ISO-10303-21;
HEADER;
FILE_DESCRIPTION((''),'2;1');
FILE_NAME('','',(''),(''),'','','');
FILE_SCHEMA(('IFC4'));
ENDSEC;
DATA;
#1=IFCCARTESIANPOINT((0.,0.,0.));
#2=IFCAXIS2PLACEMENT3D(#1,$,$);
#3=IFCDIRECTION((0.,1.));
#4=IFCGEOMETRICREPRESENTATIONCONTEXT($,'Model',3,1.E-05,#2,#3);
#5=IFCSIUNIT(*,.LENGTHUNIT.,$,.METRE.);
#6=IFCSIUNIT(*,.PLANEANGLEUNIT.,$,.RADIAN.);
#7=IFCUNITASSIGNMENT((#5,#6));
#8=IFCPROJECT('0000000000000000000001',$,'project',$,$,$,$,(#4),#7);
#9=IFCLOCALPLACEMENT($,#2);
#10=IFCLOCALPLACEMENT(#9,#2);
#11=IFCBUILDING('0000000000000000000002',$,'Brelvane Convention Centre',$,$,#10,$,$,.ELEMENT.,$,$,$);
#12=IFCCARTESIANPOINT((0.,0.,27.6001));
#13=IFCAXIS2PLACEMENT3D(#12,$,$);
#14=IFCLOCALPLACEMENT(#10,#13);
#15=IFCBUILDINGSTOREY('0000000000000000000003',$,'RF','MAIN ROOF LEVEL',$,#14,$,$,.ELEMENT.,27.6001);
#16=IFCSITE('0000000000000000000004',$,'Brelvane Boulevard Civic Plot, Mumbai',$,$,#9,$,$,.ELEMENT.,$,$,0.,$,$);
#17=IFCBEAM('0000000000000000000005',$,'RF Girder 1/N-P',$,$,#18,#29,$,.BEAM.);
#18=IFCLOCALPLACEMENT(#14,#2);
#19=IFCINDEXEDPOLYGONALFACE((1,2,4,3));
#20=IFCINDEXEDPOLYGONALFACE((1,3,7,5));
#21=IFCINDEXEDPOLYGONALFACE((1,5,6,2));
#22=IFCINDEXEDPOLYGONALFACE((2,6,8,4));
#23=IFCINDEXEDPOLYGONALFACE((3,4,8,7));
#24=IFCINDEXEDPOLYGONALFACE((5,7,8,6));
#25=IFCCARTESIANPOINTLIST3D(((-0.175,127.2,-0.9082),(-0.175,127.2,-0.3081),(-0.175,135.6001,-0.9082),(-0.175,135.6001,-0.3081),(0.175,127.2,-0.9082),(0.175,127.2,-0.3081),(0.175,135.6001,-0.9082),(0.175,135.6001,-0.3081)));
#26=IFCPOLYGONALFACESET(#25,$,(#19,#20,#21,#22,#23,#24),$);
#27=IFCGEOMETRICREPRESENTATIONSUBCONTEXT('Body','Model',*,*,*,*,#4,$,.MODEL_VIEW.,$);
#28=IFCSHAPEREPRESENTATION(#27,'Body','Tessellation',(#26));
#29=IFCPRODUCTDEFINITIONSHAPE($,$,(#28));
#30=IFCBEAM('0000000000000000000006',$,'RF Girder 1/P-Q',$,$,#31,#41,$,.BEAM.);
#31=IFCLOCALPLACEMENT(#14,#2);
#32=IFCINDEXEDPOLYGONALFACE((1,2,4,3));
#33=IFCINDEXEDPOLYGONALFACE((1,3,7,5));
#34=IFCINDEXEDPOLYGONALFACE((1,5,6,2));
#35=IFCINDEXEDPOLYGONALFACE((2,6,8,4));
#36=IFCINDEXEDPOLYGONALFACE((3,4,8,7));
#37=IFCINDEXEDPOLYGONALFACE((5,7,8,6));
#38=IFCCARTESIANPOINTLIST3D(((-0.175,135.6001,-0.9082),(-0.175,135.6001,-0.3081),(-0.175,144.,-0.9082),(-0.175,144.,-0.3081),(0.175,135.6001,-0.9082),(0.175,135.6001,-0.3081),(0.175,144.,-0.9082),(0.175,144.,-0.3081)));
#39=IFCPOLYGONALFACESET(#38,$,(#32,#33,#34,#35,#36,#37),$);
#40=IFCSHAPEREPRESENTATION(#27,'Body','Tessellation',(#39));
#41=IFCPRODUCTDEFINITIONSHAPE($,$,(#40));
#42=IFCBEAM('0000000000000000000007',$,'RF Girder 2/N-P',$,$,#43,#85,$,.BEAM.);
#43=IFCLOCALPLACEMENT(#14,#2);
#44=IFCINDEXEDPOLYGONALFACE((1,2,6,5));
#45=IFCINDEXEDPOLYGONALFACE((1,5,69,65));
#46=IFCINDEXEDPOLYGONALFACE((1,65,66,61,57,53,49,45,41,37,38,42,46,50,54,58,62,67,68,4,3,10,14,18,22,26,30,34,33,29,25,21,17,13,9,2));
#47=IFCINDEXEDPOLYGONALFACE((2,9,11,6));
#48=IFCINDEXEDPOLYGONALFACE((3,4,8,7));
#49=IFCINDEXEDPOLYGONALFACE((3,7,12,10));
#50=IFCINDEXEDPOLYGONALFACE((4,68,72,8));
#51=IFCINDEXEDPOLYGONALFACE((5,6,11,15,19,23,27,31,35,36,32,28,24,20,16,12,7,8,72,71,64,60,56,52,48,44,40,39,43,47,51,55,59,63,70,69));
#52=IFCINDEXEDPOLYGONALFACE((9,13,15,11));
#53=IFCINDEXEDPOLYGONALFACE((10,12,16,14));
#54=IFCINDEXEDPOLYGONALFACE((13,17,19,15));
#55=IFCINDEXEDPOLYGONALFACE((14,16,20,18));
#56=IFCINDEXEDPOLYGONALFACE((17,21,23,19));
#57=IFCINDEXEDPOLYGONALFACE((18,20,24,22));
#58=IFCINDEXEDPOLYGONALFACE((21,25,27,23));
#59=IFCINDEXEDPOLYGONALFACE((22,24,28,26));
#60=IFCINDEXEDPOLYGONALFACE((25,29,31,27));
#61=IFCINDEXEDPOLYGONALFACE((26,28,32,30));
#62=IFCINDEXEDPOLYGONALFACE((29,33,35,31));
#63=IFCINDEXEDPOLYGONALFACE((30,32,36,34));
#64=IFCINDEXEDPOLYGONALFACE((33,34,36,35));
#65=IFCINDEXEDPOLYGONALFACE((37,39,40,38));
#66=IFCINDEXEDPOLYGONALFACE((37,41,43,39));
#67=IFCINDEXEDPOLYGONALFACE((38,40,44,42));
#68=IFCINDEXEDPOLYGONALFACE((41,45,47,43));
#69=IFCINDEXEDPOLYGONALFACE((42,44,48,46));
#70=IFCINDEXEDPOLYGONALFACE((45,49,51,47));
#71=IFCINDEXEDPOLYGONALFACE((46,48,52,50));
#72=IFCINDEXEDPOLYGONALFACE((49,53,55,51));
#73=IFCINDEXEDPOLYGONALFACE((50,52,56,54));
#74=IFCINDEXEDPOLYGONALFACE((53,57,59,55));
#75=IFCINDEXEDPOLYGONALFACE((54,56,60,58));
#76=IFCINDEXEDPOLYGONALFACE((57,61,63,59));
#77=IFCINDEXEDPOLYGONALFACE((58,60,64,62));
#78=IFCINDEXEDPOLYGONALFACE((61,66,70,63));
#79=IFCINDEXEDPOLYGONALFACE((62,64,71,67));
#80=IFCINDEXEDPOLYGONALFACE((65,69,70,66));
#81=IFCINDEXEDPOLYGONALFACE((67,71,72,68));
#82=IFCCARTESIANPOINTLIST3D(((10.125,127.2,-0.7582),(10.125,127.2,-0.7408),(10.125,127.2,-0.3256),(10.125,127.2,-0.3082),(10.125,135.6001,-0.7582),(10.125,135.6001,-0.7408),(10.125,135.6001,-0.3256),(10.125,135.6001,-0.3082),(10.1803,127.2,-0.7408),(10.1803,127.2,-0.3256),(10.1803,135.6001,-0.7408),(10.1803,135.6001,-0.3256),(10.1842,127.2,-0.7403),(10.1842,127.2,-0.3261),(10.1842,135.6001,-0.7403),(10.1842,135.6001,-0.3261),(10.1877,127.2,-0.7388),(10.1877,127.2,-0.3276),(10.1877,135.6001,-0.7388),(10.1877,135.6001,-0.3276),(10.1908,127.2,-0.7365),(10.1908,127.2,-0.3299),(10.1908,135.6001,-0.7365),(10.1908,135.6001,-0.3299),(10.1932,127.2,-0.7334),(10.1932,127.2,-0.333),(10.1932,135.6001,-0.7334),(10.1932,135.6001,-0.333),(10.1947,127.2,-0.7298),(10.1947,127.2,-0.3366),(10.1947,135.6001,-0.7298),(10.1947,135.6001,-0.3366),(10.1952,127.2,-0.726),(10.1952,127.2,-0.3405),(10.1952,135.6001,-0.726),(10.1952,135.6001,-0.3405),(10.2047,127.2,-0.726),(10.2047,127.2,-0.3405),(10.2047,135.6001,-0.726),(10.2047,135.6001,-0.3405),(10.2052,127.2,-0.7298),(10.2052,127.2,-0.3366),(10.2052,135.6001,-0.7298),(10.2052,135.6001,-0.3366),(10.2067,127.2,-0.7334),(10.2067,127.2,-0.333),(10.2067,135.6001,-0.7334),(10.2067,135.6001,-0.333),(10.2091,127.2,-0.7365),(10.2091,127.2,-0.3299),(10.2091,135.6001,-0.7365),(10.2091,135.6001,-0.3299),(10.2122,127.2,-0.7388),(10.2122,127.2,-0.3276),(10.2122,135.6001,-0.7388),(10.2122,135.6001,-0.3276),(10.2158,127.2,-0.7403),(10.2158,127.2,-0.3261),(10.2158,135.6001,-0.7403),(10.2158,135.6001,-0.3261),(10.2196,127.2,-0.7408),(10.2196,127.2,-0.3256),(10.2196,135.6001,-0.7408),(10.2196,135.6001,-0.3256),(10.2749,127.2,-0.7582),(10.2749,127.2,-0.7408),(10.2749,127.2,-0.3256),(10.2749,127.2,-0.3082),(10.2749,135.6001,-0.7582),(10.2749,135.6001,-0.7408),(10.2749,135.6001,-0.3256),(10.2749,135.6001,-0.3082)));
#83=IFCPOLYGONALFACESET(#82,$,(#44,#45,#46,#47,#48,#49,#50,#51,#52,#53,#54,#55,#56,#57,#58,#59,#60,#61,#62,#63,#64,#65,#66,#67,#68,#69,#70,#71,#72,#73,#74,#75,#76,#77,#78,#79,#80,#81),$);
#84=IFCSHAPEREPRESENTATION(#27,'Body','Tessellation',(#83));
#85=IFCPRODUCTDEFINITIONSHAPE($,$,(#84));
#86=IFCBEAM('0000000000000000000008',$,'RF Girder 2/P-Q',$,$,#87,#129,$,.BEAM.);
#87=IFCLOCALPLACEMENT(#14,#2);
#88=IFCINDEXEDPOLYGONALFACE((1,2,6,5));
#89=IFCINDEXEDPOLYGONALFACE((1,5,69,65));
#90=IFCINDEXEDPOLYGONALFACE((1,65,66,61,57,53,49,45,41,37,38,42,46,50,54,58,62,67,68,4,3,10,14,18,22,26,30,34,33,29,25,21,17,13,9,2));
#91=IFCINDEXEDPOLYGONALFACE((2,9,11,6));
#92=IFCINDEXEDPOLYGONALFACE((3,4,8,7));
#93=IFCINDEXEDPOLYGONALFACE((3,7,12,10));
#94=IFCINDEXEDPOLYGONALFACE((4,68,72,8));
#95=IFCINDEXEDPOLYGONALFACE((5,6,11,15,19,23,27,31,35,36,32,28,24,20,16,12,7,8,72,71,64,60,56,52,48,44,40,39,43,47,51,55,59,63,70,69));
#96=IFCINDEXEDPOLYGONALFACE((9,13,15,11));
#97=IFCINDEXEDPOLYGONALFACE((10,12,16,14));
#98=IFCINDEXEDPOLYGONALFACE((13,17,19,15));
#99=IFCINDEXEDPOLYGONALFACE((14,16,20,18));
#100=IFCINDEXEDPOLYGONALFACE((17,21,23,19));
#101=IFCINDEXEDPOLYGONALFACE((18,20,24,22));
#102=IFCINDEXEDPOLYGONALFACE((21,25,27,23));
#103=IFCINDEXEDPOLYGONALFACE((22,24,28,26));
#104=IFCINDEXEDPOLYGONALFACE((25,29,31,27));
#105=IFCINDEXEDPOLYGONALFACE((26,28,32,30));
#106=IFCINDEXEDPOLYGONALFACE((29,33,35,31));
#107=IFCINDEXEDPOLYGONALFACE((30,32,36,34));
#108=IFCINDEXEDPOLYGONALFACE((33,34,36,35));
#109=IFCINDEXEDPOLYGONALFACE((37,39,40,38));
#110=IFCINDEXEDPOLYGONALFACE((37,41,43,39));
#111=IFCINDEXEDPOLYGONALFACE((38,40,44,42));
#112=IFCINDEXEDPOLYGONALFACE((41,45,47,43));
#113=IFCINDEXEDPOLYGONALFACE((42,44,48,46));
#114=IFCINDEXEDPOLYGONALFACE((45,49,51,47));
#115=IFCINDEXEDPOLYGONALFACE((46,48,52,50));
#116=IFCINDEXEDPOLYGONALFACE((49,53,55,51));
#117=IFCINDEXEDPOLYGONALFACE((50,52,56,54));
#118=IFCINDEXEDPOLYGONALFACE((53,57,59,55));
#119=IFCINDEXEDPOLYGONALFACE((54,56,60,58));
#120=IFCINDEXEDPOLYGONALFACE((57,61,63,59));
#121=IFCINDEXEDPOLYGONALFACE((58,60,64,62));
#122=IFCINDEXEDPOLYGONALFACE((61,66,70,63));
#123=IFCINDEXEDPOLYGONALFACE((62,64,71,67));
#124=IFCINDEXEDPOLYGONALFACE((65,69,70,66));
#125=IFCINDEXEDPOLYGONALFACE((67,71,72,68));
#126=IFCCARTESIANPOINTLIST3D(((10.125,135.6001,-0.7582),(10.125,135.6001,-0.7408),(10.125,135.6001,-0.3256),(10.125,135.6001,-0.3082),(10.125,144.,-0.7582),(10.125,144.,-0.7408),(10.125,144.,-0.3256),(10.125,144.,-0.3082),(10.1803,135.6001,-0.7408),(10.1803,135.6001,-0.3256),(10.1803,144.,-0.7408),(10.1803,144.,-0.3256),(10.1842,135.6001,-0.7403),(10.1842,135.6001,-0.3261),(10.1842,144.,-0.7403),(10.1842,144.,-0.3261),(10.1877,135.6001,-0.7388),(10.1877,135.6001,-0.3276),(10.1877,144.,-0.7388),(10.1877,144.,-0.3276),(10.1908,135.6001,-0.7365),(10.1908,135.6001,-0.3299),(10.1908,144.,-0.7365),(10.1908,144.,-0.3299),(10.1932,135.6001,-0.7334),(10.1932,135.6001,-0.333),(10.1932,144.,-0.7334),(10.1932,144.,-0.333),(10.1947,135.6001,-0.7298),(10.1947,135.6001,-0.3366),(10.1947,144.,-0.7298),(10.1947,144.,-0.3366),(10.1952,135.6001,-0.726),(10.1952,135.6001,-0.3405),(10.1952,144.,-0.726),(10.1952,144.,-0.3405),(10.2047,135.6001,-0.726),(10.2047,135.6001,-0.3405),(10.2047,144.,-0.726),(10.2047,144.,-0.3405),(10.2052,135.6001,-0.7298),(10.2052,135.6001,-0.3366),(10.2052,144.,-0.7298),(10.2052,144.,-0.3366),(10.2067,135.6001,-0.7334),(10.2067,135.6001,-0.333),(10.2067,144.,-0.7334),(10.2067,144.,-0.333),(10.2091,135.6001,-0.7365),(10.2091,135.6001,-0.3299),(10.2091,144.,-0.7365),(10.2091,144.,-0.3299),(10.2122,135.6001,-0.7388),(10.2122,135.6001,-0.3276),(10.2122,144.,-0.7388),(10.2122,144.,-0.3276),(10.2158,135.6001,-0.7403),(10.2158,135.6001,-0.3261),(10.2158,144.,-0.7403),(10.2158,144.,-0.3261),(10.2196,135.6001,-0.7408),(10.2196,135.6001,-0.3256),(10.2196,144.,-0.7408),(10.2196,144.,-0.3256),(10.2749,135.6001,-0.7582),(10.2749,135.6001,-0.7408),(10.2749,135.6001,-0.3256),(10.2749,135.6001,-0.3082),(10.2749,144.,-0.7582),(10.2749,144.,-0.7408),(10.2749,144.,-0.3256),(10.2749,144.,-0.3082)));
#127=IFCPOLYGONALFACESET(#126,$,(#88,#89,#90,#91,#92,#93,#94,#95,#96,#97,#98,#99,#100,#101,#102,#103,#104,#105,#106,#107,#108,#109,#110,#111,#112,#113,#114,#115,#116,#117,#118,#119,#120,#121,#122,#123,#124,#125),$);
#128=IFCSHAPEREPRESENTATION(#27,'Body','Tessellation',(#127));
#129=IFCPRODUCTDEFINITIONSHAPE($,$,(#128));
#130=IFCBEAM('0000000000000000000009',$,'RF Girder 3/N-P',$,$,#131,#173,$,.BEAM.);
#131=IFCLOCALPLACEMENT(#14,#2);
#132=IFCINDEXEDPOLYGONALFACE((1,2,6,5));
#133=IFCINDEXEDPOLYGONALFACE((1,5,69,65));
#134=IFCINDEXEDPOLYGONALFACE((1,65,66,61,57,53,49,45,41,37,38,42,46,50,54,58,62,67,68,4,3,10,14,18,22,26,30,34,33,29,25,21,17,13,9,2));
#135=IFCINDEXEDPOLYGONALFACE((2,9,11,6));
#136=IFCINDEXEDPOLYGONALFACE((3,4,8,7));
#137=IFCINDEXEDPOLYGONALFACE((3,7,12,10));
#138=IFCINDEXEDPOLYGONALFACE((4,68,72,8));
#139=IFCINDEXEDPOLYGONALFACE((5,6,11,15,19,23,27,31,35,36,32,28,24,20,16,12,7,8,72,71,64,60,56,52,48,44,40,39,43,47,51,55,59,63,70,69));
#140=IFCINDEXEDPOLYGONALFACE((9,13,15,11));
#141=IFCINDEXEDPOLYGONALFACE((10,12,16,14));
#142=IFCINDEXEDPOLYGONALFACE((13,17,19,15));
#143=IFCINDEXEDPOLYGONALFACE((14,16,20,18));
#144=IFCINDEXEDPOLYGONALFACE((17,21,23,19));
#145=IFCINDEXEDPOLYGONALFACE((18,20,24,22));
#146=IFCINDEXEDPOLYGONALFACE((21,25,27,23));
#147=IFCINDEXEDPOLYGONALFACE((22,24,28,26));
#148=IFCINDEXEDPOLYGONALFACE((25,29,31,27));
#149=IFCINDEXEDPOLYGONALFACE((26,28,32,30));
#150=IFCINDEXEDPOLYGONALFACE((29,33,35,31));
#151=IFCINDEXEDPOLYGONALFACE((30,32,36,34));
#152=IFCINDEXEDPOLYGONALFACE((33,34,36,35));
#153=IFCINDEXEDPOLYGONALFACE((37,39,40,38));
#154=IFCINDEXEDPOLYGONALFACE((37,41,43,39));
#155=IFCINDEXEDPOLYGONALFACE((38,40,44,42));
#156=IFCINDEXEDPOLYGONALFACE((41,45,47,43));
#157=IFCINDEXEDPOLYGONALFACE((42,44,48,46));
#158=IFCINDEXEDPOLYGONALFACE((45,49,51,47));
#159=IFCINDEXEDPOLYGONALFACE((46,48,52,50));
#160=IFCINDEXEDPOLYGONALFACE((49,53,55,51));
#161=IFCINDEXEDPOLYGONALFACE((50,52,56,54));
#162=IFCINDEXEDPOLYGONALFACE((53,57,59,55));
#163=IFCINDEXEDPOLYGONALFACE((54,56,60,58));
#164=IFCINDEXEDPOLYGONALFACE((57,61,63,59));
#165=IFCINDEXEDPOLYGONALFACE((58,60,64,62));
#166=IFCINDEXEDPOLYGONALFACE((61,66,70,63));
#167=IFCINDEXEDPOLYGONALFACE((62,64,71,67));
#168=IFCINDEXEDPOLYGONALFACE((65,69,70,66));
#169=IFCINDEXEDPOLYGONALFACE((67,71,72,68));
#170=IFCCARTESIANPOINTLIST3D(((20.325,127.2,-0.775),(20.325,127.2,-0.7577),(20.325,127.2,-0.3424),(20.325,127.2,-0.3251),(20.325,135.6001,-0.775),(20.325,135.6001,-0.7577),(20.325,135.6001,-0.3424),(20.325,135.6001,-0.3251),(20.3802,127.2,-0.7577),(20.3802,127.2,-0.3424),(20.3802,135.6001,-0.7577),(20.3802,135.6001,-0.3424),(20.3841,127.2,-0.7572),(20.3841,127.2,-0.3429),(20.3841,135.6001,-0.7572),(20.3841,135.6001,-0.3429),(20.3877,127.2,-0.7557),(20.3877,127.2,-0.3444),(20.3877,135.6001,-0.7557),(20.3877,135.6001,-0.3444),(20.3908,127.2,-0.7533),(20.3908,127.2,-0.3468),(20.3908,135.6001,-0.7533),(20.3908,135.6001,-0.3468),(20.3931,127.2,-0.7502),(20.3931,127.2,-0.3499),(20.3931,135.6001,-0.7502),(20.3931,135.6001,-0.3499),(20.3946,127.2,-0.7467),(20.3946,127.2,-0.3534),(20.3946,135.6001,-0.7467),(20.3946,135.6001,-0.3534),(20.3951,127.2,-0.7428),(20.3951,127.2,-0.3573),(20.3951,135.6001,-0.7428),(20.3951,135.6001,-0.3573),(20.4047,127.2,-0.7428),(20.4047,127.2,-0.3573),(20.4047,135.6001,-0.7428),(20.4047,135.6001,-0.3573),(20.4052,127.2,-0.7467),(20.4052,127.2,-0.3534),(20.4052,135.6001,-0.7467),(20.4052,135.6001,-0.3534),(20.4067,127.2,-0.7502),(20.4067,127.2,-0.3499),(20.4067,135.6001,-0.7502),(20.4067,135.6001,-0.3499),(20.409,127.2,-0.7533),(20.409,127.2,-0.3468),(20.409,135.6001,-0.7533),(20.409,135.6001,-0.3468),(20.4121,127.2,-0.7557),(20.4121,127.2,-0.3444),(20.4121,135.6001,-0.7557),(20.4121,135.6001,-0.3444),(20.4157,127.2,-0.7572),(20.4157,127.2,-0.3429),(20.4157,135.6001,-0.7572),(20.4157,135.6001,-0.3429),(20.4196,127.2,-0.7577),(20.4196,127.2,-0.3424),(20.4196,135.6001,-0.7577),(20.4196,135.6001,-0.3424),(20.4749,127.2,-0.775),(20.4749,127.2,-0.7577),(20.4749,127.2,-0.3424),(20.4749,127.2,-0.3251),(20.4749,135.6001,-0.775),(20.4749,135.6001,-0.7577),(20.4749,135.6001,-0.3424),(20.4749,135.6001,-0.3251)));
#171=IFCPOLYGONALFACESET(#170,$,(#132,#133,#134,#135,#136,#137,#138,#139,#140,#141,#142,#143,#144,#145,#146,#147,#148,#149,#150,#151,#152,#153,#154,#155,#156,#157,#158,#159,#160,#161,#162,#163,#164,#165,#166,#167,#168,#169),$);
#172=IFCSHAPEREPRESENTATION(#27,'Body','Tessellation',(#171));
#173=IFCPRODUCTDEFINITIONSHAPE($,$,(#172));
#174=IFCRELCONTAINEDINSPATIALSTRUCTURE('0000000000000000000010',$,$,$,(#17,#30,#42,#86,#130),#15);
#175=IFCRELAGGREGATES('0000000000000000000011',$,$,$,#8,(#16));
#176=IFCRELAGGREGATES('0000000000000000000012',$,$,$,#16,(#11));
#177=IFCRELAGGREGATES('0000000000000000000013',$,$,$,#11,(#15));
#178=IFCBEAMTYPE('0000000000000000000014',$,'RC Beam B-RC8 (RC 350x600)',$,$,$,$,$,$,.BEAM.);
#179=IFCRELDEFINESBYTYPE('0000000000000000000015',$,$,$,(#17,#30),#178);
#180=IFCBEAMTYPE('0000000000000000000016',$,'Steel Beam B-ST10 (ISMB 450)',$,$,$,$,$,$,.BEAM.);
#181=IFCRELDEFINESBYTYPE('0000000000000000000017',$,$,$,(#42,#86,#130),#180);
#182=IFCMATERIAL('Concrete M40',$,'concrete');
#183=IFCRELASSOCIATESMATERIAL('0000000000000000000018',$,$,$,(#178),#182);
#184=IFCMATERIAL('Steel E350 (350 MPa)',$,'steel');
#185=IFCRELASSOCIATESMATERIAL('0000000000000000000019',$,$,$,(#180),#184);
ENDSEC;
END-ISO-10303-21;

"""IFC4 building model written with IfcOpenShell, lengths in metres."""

from ifc_helpers import new_model, si_unit, direction, frame, origin, origin_2d, place, context, subcontext, project, spatial, rectangle, i_section, extrude, material, material_profile, profile_set, type_object, element, save


model = new_model("IFC4")

# Units and contexts
model_context = context("Model", 3, precision=1e-05, world=origin(), true_north=direction((0.0, 1.0)))
body_context = subcontext(model_context, "Body", "Model", "MODEL_VIEW")
ifc_project = project(units=[si_unit("LENGTHUNIT", "METRE"), si_unit("PLANEANGLEUNIT", "RADIAN")], contexts=[model_context])

# Site, building, storey
site_placement = place(None, origin())
site = spatial("IfcSite", under=ifc_project, at=site_placement, Name="Brelvane Boulevard Civic Plot, Mumbai", CompositionType="ELEMENT", RefElevation=0.0)
building_placement = place(site_placement, origin())
building = spatial("IfcBuilding", under=site, at=building_placement, Name="Brelvane Convention Centre", CompositionType="ELEMENT")
storey_placement = place(building_placement, frame((0.0, 0.0, 27.6001)))
storey = spatial("IfcBuildingStorey", under=building, at=storey_placement, Name="RF", Description="MAIN ROOF LEVEL", CompositionType="ELEMENT", Elevation=27.6001)

# Beams
ifc_material_1 = material(Name="Concrete M40", Category="concrete")
ifc_material_profile_1 = material_profile(ifc_material_1, rectangle(XDim=0.3501, YDim=0.6001, at=origin_2d()), Name="RC 350x600")
ifc_profile_set_1 = profile_set([ifc_material_profile_1], Name="Concrete M40")
beam_type_1 = type_object("IfcBeamType", Name="RC Beam B-RC8 (RC 350x600)", PredefinedType="BEAM", material=ifc_profile_set_1)
beam_1_placement = place(storey_placement, frame((0.0, 127.2, -0.6082), z_axis=(0.0, 1.0, 0.0), x_axis=(-1.0, 0.0, 0.0)))
element("IfcBeam", 1, at=beam_1_placement, inside=storey, type_object=beam_type_1, Name="RF Girder 1/N-P", PredefinedType="BEAM", context=body_context, shape_type="SweptSolid", body=[
    extrude(rectangle(XDim=0.3501, YDim=0.6001, at=origin_2d()), origin(), (0.0, 0.0, 1.0), 8.4001),
])
beam_2_placement = place(storey_placement, frame((0.0, 135.6001, -0.6082), z_axis=(0.0, 1.0, 0.0), x_axis=(-1.0, 0.0, 0.0)))
element("IfcBeam", 2, at=beam_2_placement, inside=storey, type_object=beam_type_1, Name="RF Girder 1/P-Q", PredefinedType="BEAM", context=body_context, shape_type="SweptSolid", body=[
    extrude(rectangle(XDim=0.3501, YDim=0.6001, at=origin_2d()), origin(), (0.0, 0.0, 1.0), 8.3999),
])
ifc_material_2 = material(Name="Steel E350 (350 MPa)", Category="steel")
ifc_material_profile_2 = material_profile(ifc_material_2, i_section(OverallWidth=0.1499, OverallDepth=0.45, WebThickness=0.0095, FlangeThickness=0.0173, FilletRadius=0.0149, at=origin_2d()), Name="ISMB 450")
ifc_profile_set_2 = profile_set([ifc_material_profile_2], Name="Steel E350 (350 MPa)")
beam_type_2 = type_object("IfcBeamType", Name="Steel Beam B-ST10 (ISMB 450)", PredefinedType="BEAM", material=ifc_profile_set_2)
beam_3_placement = place(storey_placement, frame((10.2, 127.2, -0.5332), z_axis=(0.0, 1.0, 0.0), x_axis=(-1.0, 0.0, 0.0)))
element("IfcBeam", 3, at=beam_3_placement, inside=storey, type_object=beam_type_2, Name="RF Girder 2/N-P", PredefinedType="BEAM", context=body_context, shape_type="SweptSolid", body=[
    extrude(i_section(OverallWidth=0.1499, OverallDepth=0.45, WebThickness=0.0095, FlangeThickness=0.0173, FilletRadius=0.0149, at=origin_2d()), origin(), (0.0, 0.0, 1.0), 8.4001),
])
beam_4_placement = place(storey_placement, frame((10.2, 135.6001, -0.5332), z_axis=(0.0, 1.0, 0.0), x_axis=(-1.0, 0.0, 0.0)))
element("IfcBeam", 4, at=beam_4_placement, inside=storey, type_object=beam_type_2, Name="RF Girder 2/P-Q", PredefinedType="BEAM", context=body_context, shape_type="SweptSolid", body=[
    extrude(i_section(OverallWidth=0.1499, OverallDepth=0.45, WebThickness=0.0095, FlangeThickness=0.0173, FilletRadius=0.0149, at=origin_2d()), origin(), (0.0, 0.0, 1.0), 8.3999),
])
beam_5_placement = place(storey_placement, frame((20.3999, 127.2, -0.55), z_axis=(0.0, 1.0, 0.0), x_axis=(-1.0, 0.0, 0.0)))
element("IfcBeam", 5, at=beam_5_placement, inside=storey, type_object=beam_type_2, Name="RF Girder 3/N-P", PredefinedType="BEAM", context=body_context, shape_type="SweptSolid", body=[
    extrude(i_section(OverallWidth=0.1499, OverallDepth=0.45, WebThickness=0.0095, FlangeThickness=0.0173, FilletRadius=0.0149, at=origin_2d()), origin(), (0.0, 0.0, 1.0), 8.4001),
])

save(model, "model.ifc")
